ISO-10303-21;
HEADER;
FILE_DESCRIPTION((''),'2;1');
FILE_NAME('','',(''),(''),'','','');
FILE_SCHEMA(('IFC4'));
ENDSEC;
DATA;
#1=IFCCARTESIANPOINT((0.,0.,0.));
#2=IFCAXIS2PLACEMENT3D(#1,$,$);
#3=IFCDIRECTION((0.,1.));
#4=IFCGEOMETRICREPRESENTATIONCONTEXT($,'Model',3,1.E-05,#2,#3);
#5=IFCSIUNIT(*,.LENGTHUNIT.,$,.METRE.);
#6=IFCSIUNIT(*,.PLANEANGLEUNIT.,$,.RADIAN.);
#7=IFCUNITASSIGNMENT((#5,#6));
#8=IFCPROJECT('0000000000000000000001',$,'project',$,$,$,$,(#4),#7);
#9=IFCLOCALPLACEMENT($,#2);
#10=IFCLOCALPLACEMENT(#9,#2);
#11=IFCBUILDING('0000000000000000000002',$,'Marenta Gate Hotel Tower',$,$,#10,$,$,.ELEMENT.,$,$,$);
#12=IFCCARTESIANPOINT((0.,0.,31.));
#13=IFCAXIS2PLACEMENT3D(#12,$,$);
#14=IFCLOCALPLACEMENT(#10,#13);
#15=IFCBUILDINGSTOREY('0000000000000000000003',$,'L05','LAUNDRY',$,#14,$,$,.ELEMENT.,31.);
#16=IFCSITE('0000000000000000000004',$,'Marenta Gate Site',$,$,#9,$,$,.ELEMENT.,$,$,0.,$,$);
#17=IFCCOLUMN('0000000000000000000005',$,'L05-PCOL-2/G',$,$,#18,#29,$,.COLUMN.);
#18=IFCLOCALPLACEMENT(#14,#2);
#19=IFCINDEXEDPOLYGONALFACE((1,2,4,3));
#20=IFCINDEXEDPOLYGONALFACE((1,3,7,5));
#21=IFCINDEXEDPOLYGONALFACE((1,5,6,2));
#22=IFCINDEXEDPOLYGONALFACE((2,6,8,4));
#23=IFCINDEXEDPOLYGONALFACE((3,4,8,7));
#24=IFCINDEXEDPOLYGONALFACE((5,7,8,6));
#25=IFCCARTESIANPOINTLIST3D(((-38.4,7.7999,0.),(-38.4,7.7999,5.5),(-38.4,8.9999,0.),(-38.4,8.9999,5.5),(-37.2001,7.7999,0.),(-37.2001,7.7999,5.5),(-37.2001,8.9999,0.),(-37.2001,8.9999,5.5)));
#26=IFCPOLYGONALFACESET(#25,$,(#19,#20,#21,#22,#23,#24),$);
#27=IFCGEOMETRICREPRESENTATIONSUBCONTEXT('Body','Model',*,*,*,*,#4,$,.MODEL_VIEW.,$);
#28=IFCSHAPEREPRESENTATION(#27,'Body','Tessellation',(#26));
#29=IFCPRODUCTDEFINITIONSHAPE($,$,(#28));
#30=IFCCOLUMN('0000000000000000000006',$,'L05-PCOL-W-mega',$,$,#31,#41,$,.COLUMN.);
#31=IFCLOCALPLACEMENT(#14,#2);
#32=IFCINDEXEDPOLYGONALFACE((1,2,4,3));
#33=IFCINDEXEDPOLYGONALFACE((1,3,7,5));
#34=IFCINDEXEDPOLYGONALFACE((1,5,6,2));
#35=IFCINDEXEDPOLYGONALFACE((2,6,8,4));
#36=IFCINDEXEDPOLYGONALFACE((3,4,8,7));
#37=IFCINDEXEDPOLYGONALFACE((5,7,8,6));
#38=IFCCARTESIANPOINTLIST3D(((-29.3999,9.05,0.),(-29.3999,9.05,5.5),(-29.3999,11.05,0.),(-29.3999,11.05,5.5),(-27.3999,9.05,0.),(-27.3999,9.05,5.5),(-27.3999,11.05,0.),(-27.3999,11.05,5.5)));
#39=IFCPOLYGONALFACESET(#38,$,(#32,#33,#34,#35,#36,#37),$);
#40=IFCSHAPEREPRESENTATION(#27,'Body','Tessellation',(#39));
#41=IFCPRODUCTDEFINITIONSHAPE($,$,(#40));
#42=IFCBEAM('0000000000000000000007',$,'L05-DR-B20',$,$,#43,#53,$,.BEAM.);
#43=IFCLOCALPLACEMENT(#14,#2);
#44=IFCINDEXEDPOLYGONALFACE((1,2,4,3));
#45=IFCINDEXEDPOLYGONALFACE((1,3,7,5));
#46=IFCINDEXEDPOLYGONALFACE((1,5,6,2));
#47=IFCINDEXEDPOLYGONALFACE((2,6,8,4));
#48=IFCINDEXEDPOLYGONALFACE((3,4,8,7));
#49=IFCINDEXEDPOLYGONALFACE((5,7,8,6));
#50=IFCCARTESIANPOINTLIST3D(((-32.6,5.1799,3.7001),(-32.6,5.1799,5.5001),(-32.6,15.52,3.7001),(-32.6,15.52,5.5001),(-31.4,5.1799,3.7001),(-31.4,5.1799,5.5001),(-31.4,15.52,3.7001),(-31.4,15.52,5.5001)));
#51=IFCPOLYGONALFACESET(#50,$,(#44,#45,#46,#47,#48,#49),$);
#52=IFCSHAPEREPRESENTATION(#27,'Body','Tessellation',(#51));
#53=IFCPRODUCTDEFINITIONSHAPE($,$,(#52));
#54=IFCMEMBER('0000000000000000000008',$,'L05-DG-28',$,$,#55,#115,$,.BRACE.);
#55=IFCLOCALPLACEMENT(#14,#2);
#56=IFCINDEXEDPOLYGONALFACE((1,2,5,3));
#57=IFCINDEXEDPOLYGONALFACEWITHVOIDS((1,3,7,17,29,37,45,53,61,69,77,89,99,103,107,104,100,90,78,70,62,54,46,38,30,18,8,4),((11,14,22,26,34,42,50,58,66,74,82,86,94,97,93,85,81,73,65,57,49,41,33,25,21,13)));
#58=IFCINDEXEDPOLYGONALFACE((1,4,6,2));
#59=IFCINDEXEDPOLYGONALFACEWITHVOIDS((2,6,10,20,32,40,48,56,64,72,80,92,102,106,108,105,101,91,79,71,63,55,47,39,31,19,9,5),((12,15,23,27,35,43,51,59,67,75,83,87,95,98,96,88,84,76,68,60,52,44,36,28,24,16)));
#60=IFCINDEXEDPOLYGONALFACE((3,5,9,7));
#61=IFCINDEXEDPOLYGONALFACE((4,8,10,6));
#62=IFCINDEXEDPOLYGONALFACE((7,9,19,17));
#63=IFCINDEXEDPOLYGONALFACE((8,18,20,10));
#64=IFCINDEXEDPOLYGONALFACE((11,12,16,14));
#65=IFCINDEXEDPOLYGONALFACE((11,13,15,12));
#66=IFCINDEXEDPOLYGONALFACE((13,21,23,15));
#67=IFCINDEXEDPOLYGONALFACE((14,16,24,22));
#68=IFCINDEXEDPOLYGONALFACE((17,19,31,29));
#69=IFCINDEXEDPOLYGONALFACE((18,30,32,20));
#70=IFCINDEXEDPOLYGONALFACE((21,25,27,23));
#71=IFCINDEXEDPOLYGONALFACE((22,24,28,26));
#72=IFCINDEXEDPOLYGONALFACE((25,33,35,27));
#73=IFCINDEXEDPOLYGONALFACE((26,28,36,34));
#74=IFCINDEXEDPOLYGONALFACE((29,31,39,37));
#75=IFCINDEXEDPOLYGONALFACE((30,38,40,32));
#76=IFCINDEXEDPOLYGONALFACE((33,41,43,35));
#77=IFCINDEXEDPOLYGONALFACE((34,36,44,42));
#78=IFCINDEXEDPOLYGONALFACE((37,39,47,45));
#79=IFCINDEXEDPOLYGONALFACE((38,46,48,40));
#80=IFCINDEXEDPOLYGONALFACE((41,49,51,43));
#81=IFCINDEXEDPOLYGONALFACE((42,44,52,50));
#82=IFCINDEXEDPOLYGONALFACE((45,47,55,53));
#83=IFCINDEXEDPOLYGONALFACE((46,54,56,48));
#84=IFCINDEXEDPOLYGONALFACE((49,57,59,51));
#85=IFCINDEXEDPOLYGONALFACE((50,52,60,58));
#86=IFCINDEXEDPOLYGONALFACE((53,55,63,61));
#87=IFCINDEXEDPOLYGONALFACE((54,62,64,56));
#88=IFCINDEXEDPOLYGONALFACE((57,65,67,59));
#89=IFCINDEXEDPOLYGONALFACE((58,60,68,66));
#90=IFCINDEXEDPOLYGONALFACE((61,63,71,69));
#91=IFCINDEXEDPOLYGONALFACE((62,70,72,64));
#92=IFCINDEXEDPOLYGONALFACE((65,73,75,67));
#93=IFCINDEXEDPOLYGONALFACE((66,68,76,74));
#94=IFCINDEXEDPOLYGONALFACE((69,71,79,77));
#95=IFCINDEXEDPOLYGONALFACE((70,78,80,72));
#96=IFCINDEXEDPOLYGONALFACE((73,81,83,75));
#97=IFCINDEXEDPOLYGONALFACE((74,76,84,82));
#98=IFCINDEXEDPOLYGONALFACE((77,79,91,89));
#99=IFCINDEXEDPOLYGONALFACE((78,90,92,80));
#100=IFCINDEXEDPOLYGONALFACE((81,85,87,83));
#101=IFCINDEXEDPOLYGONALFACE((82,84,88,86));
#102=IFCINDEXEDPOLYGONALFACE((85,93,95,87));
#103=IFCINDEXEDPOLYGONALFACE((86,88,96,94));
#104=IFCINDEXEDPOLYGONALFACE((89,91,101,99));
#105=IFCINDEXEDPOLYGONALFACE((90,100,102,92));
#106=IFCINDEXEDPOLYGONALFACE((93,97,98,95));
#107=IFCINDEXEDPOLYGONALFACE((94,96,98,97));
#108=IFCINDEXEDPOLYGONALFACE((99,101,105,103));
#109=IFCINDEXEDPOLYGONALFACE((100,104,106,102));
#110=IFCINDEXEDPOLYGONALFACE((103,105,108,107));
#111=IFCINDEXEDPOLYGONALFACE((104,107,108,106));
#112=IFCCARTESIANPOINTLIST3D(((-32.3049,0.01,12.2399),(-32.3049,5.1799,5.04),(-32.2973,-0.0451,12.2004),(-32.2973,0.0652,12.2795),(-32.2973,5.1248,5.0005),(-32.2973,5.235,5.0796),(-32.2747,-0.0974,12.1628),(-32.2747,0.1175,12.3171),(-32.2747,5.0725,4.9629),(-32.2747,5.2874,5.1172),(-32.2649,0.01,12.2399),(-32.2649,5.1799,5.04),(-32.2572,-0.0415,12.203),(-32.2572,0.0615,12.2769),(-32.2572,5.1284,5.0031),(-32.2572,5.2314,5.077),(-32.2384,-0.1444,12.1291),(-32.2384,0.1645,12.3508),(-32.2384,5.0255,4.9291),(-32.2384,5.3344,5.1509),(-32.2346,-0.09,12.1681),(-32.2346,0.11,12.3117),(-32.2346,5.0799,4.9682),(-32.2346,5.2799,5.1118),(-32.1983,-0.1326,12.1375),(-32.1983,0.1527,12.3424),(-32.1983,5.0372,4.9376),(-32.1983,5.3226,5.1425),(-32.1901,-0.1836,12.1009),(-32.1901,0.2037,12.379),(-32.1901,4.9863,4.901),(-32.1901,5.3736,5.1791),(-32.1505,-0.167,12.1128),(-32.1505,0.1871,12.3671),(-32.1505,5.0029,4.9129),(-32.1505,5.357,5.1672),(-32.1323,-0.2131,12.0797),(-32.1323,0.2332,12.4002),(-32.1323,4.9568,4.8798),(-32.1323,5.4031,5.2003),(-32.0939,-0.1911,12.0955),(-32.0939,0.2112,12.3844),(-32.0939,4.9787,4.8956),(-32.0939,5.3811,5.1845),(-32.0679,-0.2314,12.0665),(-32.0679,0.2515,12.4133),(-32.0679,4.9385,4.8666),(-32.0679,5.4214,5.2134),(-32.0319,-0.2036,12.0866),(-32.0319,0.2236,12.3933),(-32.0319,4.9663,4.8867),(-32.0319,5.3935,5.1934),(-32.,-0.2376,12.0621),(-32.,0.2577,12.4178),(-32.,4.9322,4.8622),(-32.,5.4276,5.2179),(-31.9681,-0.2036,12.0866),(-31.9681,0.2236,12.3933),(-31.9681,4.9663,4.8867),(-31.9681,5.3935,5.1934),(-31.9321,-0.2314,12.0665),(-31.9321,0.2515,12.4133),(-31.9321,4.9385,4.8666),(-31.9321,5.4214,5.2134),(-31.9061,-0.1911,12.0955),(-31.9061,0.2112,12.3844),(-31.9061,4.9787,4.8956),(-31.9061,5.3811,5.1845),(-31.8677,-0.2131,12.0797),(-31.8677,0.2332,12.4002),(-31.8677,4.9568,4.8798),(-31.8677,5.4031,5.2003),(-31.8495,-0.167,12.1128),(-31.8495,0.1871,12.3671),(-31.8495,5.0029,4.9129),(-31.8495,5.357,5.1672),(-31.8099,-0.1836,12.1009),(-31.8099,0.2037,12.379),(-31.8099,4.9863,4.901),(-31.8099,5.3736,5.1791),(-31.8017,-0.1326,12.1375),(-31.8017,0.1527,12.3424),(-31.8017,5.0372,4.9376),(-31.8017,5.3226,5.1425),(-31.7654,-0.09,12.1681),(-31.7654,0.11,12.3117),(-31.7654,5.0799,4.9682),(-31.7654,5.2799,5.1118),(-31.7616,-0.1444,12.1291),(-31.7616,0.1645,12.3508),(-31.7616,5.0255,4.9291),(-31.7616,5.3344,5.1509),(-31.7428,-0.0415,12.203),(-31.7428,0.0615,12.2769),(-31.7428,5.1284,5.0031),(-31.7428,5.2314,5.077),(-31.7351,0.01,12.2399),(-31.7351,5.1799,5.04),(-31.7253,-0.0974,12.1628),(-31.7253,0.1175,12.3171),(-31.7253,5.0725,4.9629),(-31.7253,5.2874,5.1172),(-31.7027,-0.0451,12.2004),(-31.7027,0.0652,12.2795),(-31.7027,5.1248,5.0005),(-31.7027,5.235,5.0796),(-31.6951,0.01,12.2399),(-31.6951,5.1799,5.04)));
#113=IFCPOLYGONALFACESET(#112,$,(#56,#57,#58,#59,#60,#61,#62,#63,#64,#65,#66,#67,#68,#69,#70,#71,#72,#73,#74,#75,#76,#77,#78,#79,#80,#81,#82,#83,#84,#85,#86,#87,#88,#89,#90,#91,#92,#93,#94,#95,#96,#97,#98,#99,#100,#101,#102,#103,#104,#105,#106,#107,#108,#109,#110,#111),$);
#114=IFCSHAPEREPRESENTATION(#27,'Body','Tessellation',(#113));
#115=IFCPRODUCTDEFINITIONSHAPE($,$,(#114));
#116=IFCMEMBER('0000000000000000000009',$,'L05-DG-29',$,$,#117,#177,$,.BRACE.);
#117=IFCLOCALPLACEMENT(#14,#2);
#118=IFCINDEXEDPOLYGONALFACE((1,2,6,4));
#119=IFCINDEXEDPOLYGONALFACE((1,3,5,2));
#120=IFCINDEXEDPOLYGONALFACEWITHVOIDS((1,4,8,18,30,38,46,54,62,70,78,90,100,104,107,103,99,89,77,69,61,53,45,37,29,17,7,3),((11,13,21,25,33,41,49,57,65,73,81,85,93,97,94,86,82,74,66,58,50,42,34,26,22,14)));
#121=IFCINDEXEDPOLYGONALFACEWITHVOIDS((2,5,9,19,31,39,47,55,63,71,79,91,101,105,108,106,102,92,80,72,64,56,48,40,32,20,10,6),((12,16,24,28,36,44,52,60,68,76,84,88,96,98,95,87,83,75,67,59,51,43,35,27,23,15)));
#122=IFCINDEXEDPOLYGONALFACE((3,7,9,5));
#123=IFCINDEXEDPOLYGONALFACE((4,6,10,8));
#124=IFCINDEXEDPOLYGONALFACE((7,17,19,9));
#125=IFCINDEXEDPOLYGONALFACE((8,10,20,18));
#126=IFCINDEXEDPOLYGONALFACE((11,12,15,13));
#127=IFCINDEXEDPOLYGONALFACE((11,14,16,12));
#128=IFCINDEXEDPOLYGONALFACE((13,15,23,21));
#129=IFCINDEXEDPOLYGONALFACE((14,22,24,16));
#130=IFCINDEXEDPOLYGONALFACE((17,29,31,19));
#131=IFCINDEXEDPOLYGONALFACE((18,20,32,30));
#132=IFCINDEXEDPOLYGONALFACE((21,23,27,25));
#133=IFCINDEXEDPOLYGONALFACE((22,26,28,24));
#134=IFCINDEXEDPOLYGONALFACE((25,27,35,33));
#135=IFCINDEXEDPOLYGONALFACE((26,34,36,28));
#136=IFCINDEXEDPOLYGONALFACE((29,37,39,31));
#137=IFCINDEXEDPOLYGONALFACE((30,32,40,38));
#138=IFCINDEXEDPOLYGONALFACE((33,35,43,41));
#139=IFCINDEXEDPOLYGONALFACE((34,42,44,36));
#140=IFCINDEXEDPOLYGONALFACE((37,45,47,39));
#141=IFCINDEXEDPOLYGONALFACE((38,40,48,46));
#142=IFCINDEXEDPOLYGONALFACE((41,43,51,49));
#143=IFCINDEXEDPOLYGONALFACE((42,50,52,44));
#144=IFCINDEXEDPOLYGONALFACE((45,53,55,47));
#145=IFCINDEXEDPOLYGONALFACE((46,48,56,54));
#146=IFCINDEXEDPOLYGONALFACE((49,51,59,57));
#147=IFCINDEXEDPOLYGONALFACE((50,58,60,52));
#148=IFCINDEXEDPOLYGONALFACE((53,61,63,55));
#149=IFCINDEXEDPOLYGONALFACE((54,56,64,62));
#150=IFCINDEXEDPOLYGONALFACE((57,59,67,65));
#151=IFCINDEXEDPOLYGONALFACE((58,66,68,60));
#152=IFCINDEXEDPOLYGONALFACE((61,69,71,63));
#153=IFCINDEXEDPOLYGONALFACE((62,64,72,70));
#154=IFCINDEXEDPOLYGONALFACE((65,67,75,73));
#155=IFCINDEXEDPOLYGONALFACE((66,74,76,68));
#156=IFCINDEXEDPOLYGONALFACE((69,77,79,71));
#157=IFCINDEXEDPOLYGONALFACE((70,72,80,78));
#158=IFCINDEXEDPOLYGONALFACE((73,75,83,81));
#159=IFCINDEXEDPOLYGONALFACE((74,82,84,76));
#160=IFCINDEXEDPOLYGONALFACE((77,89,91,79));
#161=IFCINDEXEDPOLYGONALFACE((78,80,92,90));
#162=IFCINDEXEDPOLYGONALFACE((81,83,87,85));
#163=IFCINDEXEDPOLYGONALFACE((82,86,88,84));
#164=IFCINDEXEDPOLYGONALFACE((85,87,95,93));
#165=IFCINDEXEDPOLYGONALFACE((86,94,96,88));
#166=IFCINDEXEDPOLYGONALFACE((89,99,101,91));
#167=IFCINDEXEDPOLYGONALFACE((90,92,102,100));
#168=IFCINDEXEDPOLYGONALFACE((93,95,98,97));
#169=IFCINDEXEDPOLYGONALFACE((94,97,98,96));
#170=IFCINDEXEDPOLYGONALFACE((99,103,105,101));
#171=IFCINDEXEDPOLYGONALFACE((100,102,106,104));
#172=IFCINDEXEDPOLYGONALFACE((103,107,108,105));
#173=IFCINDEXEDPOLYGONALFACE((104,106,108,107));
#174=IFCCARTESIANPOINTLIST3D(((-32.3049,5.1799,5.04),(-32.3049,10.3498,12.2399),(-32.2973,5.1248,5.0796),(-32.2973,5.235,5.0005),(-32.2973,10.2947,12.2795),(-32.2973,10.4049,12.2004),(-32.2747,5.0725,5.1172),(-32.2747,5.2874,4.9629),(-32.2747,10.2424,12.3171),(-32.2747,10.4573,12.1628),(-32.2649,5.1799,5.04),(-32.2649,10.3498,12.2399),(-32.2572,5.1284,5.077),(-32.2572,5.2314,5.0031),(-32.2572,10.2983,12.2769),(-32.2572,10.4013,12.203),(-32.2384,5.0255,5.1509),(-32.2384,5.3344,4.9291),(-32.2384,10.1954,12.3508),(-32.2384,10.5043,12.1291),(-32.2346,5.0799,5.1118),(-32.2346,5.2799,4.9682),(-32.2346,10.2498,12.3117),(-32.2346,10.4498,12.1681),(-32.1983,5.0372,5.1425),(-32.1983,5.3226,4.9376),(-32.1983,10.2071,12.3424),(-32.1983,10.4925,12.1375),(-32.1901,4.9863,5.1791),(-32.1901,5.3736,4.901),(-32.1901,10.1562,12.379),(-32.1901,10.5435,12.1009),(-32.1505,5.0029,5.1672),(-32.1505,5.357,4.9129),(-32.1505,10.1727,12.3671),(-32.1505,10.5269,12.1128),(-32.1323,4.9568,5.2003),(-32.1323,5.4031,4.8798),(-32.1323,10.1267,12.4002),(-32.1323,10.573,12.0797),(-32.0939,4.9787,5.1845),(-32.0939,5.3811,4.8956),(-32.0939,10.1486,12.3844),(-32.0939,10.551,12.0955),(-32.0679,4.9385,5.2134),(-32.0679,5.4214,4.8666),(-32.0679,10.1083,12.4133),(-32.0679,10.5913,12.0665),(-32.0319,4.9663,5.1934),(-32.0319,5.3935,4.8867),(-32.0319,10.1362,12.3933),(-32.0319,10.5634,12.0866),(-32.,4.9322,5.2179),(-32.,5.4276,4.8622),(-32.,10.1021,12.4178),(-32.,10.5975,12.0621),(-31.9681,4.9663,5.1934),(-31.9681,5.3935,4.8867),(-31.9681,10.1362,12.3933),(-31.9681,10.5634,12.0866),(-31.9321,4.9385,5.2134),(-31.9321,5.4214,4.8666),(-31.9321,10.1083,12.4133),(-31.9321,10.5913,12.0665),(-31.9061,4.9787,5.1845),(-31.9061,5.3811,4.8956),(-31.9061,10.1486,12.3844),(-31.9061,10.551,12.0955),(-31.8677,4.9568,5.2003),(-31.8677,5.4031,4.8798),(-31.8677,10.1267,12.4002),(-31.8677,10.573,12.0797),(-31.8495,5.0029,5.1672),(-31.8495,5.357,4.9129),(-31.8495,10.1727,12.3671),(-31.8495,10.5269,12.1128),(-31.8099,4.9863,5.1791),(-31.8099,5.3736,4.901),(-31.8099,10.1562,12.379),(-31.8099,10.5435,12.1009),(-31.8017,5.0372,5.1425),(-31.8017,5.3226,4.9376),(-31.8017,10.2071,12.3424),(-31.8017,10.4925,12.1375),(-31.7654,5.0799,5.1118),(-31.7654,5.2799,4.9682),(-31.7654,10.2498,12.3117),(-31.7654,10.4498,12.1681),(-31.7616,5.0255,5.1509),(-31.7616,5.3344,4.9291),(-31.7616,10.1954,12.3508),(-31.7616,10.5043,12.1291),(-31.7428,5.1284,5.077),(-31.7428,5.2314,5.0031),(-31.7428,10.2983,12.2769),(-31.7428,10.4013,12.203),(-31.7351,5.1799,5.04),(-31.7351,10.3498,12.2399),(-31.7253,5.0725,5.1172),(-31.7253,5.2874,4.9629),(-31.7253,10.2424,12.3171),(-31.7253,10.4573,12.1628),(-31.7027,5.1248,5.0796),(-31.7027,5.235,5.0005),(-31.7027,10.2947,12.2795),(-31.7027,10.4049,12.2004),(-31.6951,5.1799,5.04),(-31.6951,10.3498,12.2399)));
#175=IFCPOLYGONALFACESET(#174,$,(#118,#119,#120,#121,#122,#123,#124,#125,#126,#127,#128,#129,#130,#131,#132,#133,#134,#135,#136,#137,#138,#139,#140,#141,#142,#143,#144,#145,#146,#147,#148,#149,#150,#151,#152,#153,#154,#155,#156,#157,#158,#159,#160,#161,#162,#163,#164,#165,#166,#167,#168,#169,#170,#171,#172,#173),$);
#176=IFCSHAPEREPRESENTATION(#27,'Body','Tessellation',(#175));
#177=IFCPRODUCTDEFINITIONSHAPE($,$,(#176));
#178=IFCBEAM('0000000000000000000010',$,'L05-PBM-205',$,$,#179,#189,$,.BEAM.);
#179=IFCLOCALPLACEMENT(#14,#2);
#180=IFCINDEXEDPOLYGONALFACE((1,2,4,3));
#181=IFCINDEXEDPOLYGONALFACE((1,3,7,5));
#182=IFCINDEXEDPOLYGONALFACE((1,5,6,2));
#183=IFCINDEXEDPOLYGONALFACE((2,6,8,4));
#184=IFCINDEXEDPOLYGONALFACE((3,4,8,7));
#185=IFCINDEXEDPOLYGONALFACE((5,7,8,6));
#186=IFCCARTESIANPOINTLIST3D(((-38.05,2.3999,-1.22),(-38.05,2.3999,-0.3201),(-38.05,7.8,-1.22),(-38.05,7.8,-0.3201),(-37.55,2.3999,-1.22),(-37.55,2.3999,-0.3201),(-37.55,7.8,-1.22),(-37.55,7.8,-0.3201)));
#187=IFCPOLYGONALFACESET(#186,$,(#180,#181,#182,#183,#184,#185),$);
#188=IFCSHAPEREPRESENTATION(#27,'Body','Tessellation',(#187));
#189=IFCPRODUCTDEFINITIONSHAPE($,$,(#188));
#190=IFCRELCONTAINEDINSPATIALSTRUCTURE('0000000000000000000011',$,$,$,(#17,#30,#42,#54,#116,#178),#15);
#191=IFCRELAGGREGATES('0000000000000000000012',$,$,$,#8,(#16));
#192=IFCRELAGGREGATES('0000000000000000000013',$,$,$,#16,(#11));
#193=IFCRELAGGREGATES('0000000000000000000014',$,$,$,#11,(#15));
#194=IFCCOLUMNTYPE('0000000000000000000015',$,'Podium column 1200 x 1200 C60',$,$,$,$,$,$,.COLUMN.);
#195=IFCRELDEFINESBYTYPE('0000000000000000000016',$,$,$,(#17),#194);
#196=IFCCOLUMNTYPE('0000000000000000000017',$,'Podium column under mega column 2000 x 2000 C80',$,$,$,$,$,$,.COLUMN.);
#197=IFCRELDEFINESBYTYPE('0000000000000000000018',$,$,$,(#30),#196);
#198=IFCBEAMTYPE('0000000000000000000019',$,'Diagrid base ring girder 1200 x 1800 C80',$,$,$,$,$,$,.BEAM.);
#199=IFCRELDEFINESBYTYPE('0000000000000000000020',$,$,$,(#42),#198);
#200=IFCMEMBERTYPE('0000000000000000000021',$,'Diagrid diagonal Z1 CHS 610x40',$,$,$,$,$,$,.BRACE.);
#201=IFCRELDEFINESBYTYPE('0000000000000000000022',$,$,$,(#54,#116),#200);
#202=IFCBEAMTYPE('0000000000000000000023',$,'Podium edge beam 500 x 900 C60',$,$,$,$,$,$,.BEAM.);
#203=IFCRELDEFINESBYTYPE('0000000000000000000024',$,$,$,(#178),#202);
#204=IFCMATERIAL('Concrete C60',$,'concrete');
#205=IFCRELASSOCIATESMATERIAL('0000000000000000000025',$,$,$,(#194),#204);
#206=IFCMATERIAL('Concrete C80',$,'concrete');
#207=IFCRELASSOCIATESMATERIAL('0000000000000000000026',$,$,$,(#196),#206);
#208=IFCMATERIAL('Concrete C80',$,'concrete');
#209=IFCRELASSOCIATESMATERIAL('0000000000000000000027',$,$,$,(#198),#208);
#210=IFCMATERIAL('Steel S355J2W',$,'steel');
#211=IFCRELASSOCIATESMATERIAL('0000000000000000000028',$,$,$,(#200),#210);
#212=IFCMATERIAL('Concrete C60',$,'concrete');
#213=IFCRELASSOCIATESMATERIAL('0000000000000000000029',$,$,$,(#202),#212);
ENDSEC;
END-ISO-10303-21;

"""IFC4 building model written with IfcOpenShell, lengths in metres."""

from ifc_helpers import new_model, si_unit, direction, frame, origin, origin_2d, place, context, subcontext, project, spatial, rectangle, hollow_circle, extrude, material, material_profile, profile_set, type_object, element, save


model = new_model("IFC4")

# Units and contexts
model_context = context("Model", 3, precision=1e-05, world=origin(), true_north=direction((0.0, 1.0)))
body_context = subcontext(model_context, "Body", "Model", "MODEL_VIEW")
ifc_project = project(units=[si_unit("LENGTHUNIT", "METRE"), si_unit("PLANEANGLEUNIT", "RADIAN")], contexts=[model_context])

# Site, building, storey
site_placement = place(None, origin())
site = spatial("IfcSite", under=ifc_project, at=site_placement, Name="Marenta Gate Site", CompositionType="ELEMENT", RefElevation=0.0)
building_placement = place(site_placement, origin())
building = spatial("IfcBuilding", under=site, at=building_placement, Name="Marenta Gate Hotel Tower", CompositionType="ELEMENT")
storey_placement = place(building_placement, frame((0.0, 0.0, 31.0)))
storey = spatial("IfcBuildingStorey", under=building, at=storey_placement, Name="L05", Description="LAUNDRY", CompositionType="ELEMENT", Elevation=31.0)

# Columns
ifc_material_1 = material(Name="Concrete C60", Category="concrete")
ifc_material_profile_1 = material_profile(ifc_material_1, rectangle(XDim=1.2, YDim=1.2, at=origin_2d()), Name="1200 x 1200")
ifc_profile_set_1 = profile_set([ifc_material_profile_1], Name="Concrete C60")
column_type_1 = type_object("IfcColumnType", Name="Podium column 1200 x 1200 C60", PredefinedType="COLUMN", material=ifc_profile_set_1)
column_1_placement = place(storey_placement, frame((-37.8, 8.3999, 0.0), z_axis=(0.0, 0.0, 1.0), x_axis=(1.0, 0.0, 0.0)))
element("IfcColumn", 1, at=column_1_placement, inside=storey, type_object=column_type_1, Name="L05-PCOL-2/G", PredefinedType="COLUMN", context=body_context, shape_type="SweptSolid", body=[
    extrude(rectangle(XDim=1.2, YDim=1.2, at=origin_2d()), origin(), (0.0, 0.0, 1.0), 5.5),
])
ifc_material_2 = material(Name="Concrete C80", Category="concrete")
ifc_material_profile_2 = material_profile(ifc_material_2, rectangle(XDim=2.0, YDim=2.0, at=origin_2d()), Name="2000 x 2000")
ifc_profile_set_2 = profile_set([ifc_material_profile_2], Name="Concrete C80")
column_type_2 = type_object("IfcColumnType", Name="Podium column under mega column 2000 x 2000 C80", PredefinedType="COLUMN", material=ifc_profile_set_2)
column_2_placement = place(storey_placement, frame((-28.3999, 10.05, 0.0), z_axis=(0.0, 0.0, 1.0), x_axis=(1.0, 0.0, 0.0)))
element("IfcColumn", 2, at=column_2_placement, inside=storey, type_object=column_type_2, Name="L05-PCOL-W-mega", PredefinedType="COLUMN", context=body_context, shape_type="SweptSolid", body=[
    extrude(rectangle(XDim=2.0, YDim=2.0, at=origin_2d()), origin(), (0.0, 0.0, 1.0), 5.5),
])

# Beam
ifc_material_3 = material(Name="Concrete C80", Category="concrete")
ifc_material_profile_3 = material_profile(ifc_material_3, rectangle(XDim=1.2, YDim=1.8, at=origin_2d()), Name="1200 x 1800")
ifc_profile_set_3 = profile_set([ifc_material_profile_3], Name="Concrete C80")
beam_type_1 = type_object("IfcBeamType", Name="Diagrid base ring girder 1200 x 1800 C80", PredefinedType="BEAM", material=ifc_profile_set_3)
beam_1_placement = place(storey_placement, frame((-32.0, 5.1799, 4.6001), z_axis=(0.0, 1.0, 0.0), x_axis=(-1.0, 0.0, 0.0)))
element("IfcBeam", 3, at=beam_1_placement, inside=storey, type_object=beam_type_1, Name="L05-DR-B20", PredefinedType="BEAM", context=body_context, shape_type="SweptSolid", body=[
    extrude(rectangle(XDim=1.2, YDim=1.8, at=origin_2d()), origin(), (0.0, 0.0, 1.0), 10.3401),
])

# Members
ifc_material_4 = material(Name="Steel S355J2W", Category="steel")
ifc_material_profile_4 = material_profile(ifc_material_4, hollow_circle(Radius=0.3049, WallThickness=0.04, at=origin_2d()), Name="CHS 610x40")
ifc_profile_set_4 = profile_set([ifc_material_profile_4], Name="Steel S355J2W")
member_type = type_object("IfcMemberType", Name="Diagrid diagonal Z1 CHS 610x40", PredefinedType="BRACE", material=ifc_profile_set_4)
for number, where, z_axis, x_axis, name in (
    (4, (-32.0, 5.1799, 5.04), (0.0, -0.583261, 0.812285), (1.0, 0.0, 0.0), "L05-DG-28"),
    (5, (-32.0, 5.1799, 5.04), (0.0, 0.583261, 0.812285), (-1.0, 0.0, 0.0), "L05-DG-29"),
):
    element("IfcMember", number, at=place(storey_placement, frame(where, z_axis=z_axis, x_axis=x_axis)), inside=storey, type_object=member_type, Name=name, PredefinedType="BRACE", context=body_context, shape_type="SweptSolid", body=[
        extrude(hollow_circle(Radius=0.3049, WallThickness=0.04, at=origin_2d()), origin(), (0.0, 0.0, 1.0), 8.8638),
    ])

# Beam
ifc_material_5 = material(Name="Concrete C60", Category="concrete")
ifc_material_profile_5 = material_profile(ifc_material_5, rectangle(XDim=0.5, YDim=0.8999, at=origin_2d()), Name="500 x 900")
ifc_profile_set_5 = profile_set([ifc_material_profile_5], Name="Concrete C60")
beam_type_2 = type_object("IfcBeamType", Name="Podium edge beam 500 x 900 C60", PredefinedType="BEAM", material=ifc_profile_set_5)
beam_2_placement = place(storey_placement, frame((-37.8, 7.8, -0.77), z_axis=(0.0, -1.0, 0.0), x_axis=(1.0, 0.0, 0.0)))
element("IfcBeam", 6, at=beam_2_placement, inside=storey, type_object=beam_type_2, Name="L05-PBM-205", PredefinedType="BEAM", context=body_context, shape_type="SweptSolid", body=[
    extrude(rectangle(XDim=0.5, YDim=0.8999, at=origin_2d()), origin(), (0.0, 0.0, 1.0), 5.4001),
])

save(model, "model.ifc")
